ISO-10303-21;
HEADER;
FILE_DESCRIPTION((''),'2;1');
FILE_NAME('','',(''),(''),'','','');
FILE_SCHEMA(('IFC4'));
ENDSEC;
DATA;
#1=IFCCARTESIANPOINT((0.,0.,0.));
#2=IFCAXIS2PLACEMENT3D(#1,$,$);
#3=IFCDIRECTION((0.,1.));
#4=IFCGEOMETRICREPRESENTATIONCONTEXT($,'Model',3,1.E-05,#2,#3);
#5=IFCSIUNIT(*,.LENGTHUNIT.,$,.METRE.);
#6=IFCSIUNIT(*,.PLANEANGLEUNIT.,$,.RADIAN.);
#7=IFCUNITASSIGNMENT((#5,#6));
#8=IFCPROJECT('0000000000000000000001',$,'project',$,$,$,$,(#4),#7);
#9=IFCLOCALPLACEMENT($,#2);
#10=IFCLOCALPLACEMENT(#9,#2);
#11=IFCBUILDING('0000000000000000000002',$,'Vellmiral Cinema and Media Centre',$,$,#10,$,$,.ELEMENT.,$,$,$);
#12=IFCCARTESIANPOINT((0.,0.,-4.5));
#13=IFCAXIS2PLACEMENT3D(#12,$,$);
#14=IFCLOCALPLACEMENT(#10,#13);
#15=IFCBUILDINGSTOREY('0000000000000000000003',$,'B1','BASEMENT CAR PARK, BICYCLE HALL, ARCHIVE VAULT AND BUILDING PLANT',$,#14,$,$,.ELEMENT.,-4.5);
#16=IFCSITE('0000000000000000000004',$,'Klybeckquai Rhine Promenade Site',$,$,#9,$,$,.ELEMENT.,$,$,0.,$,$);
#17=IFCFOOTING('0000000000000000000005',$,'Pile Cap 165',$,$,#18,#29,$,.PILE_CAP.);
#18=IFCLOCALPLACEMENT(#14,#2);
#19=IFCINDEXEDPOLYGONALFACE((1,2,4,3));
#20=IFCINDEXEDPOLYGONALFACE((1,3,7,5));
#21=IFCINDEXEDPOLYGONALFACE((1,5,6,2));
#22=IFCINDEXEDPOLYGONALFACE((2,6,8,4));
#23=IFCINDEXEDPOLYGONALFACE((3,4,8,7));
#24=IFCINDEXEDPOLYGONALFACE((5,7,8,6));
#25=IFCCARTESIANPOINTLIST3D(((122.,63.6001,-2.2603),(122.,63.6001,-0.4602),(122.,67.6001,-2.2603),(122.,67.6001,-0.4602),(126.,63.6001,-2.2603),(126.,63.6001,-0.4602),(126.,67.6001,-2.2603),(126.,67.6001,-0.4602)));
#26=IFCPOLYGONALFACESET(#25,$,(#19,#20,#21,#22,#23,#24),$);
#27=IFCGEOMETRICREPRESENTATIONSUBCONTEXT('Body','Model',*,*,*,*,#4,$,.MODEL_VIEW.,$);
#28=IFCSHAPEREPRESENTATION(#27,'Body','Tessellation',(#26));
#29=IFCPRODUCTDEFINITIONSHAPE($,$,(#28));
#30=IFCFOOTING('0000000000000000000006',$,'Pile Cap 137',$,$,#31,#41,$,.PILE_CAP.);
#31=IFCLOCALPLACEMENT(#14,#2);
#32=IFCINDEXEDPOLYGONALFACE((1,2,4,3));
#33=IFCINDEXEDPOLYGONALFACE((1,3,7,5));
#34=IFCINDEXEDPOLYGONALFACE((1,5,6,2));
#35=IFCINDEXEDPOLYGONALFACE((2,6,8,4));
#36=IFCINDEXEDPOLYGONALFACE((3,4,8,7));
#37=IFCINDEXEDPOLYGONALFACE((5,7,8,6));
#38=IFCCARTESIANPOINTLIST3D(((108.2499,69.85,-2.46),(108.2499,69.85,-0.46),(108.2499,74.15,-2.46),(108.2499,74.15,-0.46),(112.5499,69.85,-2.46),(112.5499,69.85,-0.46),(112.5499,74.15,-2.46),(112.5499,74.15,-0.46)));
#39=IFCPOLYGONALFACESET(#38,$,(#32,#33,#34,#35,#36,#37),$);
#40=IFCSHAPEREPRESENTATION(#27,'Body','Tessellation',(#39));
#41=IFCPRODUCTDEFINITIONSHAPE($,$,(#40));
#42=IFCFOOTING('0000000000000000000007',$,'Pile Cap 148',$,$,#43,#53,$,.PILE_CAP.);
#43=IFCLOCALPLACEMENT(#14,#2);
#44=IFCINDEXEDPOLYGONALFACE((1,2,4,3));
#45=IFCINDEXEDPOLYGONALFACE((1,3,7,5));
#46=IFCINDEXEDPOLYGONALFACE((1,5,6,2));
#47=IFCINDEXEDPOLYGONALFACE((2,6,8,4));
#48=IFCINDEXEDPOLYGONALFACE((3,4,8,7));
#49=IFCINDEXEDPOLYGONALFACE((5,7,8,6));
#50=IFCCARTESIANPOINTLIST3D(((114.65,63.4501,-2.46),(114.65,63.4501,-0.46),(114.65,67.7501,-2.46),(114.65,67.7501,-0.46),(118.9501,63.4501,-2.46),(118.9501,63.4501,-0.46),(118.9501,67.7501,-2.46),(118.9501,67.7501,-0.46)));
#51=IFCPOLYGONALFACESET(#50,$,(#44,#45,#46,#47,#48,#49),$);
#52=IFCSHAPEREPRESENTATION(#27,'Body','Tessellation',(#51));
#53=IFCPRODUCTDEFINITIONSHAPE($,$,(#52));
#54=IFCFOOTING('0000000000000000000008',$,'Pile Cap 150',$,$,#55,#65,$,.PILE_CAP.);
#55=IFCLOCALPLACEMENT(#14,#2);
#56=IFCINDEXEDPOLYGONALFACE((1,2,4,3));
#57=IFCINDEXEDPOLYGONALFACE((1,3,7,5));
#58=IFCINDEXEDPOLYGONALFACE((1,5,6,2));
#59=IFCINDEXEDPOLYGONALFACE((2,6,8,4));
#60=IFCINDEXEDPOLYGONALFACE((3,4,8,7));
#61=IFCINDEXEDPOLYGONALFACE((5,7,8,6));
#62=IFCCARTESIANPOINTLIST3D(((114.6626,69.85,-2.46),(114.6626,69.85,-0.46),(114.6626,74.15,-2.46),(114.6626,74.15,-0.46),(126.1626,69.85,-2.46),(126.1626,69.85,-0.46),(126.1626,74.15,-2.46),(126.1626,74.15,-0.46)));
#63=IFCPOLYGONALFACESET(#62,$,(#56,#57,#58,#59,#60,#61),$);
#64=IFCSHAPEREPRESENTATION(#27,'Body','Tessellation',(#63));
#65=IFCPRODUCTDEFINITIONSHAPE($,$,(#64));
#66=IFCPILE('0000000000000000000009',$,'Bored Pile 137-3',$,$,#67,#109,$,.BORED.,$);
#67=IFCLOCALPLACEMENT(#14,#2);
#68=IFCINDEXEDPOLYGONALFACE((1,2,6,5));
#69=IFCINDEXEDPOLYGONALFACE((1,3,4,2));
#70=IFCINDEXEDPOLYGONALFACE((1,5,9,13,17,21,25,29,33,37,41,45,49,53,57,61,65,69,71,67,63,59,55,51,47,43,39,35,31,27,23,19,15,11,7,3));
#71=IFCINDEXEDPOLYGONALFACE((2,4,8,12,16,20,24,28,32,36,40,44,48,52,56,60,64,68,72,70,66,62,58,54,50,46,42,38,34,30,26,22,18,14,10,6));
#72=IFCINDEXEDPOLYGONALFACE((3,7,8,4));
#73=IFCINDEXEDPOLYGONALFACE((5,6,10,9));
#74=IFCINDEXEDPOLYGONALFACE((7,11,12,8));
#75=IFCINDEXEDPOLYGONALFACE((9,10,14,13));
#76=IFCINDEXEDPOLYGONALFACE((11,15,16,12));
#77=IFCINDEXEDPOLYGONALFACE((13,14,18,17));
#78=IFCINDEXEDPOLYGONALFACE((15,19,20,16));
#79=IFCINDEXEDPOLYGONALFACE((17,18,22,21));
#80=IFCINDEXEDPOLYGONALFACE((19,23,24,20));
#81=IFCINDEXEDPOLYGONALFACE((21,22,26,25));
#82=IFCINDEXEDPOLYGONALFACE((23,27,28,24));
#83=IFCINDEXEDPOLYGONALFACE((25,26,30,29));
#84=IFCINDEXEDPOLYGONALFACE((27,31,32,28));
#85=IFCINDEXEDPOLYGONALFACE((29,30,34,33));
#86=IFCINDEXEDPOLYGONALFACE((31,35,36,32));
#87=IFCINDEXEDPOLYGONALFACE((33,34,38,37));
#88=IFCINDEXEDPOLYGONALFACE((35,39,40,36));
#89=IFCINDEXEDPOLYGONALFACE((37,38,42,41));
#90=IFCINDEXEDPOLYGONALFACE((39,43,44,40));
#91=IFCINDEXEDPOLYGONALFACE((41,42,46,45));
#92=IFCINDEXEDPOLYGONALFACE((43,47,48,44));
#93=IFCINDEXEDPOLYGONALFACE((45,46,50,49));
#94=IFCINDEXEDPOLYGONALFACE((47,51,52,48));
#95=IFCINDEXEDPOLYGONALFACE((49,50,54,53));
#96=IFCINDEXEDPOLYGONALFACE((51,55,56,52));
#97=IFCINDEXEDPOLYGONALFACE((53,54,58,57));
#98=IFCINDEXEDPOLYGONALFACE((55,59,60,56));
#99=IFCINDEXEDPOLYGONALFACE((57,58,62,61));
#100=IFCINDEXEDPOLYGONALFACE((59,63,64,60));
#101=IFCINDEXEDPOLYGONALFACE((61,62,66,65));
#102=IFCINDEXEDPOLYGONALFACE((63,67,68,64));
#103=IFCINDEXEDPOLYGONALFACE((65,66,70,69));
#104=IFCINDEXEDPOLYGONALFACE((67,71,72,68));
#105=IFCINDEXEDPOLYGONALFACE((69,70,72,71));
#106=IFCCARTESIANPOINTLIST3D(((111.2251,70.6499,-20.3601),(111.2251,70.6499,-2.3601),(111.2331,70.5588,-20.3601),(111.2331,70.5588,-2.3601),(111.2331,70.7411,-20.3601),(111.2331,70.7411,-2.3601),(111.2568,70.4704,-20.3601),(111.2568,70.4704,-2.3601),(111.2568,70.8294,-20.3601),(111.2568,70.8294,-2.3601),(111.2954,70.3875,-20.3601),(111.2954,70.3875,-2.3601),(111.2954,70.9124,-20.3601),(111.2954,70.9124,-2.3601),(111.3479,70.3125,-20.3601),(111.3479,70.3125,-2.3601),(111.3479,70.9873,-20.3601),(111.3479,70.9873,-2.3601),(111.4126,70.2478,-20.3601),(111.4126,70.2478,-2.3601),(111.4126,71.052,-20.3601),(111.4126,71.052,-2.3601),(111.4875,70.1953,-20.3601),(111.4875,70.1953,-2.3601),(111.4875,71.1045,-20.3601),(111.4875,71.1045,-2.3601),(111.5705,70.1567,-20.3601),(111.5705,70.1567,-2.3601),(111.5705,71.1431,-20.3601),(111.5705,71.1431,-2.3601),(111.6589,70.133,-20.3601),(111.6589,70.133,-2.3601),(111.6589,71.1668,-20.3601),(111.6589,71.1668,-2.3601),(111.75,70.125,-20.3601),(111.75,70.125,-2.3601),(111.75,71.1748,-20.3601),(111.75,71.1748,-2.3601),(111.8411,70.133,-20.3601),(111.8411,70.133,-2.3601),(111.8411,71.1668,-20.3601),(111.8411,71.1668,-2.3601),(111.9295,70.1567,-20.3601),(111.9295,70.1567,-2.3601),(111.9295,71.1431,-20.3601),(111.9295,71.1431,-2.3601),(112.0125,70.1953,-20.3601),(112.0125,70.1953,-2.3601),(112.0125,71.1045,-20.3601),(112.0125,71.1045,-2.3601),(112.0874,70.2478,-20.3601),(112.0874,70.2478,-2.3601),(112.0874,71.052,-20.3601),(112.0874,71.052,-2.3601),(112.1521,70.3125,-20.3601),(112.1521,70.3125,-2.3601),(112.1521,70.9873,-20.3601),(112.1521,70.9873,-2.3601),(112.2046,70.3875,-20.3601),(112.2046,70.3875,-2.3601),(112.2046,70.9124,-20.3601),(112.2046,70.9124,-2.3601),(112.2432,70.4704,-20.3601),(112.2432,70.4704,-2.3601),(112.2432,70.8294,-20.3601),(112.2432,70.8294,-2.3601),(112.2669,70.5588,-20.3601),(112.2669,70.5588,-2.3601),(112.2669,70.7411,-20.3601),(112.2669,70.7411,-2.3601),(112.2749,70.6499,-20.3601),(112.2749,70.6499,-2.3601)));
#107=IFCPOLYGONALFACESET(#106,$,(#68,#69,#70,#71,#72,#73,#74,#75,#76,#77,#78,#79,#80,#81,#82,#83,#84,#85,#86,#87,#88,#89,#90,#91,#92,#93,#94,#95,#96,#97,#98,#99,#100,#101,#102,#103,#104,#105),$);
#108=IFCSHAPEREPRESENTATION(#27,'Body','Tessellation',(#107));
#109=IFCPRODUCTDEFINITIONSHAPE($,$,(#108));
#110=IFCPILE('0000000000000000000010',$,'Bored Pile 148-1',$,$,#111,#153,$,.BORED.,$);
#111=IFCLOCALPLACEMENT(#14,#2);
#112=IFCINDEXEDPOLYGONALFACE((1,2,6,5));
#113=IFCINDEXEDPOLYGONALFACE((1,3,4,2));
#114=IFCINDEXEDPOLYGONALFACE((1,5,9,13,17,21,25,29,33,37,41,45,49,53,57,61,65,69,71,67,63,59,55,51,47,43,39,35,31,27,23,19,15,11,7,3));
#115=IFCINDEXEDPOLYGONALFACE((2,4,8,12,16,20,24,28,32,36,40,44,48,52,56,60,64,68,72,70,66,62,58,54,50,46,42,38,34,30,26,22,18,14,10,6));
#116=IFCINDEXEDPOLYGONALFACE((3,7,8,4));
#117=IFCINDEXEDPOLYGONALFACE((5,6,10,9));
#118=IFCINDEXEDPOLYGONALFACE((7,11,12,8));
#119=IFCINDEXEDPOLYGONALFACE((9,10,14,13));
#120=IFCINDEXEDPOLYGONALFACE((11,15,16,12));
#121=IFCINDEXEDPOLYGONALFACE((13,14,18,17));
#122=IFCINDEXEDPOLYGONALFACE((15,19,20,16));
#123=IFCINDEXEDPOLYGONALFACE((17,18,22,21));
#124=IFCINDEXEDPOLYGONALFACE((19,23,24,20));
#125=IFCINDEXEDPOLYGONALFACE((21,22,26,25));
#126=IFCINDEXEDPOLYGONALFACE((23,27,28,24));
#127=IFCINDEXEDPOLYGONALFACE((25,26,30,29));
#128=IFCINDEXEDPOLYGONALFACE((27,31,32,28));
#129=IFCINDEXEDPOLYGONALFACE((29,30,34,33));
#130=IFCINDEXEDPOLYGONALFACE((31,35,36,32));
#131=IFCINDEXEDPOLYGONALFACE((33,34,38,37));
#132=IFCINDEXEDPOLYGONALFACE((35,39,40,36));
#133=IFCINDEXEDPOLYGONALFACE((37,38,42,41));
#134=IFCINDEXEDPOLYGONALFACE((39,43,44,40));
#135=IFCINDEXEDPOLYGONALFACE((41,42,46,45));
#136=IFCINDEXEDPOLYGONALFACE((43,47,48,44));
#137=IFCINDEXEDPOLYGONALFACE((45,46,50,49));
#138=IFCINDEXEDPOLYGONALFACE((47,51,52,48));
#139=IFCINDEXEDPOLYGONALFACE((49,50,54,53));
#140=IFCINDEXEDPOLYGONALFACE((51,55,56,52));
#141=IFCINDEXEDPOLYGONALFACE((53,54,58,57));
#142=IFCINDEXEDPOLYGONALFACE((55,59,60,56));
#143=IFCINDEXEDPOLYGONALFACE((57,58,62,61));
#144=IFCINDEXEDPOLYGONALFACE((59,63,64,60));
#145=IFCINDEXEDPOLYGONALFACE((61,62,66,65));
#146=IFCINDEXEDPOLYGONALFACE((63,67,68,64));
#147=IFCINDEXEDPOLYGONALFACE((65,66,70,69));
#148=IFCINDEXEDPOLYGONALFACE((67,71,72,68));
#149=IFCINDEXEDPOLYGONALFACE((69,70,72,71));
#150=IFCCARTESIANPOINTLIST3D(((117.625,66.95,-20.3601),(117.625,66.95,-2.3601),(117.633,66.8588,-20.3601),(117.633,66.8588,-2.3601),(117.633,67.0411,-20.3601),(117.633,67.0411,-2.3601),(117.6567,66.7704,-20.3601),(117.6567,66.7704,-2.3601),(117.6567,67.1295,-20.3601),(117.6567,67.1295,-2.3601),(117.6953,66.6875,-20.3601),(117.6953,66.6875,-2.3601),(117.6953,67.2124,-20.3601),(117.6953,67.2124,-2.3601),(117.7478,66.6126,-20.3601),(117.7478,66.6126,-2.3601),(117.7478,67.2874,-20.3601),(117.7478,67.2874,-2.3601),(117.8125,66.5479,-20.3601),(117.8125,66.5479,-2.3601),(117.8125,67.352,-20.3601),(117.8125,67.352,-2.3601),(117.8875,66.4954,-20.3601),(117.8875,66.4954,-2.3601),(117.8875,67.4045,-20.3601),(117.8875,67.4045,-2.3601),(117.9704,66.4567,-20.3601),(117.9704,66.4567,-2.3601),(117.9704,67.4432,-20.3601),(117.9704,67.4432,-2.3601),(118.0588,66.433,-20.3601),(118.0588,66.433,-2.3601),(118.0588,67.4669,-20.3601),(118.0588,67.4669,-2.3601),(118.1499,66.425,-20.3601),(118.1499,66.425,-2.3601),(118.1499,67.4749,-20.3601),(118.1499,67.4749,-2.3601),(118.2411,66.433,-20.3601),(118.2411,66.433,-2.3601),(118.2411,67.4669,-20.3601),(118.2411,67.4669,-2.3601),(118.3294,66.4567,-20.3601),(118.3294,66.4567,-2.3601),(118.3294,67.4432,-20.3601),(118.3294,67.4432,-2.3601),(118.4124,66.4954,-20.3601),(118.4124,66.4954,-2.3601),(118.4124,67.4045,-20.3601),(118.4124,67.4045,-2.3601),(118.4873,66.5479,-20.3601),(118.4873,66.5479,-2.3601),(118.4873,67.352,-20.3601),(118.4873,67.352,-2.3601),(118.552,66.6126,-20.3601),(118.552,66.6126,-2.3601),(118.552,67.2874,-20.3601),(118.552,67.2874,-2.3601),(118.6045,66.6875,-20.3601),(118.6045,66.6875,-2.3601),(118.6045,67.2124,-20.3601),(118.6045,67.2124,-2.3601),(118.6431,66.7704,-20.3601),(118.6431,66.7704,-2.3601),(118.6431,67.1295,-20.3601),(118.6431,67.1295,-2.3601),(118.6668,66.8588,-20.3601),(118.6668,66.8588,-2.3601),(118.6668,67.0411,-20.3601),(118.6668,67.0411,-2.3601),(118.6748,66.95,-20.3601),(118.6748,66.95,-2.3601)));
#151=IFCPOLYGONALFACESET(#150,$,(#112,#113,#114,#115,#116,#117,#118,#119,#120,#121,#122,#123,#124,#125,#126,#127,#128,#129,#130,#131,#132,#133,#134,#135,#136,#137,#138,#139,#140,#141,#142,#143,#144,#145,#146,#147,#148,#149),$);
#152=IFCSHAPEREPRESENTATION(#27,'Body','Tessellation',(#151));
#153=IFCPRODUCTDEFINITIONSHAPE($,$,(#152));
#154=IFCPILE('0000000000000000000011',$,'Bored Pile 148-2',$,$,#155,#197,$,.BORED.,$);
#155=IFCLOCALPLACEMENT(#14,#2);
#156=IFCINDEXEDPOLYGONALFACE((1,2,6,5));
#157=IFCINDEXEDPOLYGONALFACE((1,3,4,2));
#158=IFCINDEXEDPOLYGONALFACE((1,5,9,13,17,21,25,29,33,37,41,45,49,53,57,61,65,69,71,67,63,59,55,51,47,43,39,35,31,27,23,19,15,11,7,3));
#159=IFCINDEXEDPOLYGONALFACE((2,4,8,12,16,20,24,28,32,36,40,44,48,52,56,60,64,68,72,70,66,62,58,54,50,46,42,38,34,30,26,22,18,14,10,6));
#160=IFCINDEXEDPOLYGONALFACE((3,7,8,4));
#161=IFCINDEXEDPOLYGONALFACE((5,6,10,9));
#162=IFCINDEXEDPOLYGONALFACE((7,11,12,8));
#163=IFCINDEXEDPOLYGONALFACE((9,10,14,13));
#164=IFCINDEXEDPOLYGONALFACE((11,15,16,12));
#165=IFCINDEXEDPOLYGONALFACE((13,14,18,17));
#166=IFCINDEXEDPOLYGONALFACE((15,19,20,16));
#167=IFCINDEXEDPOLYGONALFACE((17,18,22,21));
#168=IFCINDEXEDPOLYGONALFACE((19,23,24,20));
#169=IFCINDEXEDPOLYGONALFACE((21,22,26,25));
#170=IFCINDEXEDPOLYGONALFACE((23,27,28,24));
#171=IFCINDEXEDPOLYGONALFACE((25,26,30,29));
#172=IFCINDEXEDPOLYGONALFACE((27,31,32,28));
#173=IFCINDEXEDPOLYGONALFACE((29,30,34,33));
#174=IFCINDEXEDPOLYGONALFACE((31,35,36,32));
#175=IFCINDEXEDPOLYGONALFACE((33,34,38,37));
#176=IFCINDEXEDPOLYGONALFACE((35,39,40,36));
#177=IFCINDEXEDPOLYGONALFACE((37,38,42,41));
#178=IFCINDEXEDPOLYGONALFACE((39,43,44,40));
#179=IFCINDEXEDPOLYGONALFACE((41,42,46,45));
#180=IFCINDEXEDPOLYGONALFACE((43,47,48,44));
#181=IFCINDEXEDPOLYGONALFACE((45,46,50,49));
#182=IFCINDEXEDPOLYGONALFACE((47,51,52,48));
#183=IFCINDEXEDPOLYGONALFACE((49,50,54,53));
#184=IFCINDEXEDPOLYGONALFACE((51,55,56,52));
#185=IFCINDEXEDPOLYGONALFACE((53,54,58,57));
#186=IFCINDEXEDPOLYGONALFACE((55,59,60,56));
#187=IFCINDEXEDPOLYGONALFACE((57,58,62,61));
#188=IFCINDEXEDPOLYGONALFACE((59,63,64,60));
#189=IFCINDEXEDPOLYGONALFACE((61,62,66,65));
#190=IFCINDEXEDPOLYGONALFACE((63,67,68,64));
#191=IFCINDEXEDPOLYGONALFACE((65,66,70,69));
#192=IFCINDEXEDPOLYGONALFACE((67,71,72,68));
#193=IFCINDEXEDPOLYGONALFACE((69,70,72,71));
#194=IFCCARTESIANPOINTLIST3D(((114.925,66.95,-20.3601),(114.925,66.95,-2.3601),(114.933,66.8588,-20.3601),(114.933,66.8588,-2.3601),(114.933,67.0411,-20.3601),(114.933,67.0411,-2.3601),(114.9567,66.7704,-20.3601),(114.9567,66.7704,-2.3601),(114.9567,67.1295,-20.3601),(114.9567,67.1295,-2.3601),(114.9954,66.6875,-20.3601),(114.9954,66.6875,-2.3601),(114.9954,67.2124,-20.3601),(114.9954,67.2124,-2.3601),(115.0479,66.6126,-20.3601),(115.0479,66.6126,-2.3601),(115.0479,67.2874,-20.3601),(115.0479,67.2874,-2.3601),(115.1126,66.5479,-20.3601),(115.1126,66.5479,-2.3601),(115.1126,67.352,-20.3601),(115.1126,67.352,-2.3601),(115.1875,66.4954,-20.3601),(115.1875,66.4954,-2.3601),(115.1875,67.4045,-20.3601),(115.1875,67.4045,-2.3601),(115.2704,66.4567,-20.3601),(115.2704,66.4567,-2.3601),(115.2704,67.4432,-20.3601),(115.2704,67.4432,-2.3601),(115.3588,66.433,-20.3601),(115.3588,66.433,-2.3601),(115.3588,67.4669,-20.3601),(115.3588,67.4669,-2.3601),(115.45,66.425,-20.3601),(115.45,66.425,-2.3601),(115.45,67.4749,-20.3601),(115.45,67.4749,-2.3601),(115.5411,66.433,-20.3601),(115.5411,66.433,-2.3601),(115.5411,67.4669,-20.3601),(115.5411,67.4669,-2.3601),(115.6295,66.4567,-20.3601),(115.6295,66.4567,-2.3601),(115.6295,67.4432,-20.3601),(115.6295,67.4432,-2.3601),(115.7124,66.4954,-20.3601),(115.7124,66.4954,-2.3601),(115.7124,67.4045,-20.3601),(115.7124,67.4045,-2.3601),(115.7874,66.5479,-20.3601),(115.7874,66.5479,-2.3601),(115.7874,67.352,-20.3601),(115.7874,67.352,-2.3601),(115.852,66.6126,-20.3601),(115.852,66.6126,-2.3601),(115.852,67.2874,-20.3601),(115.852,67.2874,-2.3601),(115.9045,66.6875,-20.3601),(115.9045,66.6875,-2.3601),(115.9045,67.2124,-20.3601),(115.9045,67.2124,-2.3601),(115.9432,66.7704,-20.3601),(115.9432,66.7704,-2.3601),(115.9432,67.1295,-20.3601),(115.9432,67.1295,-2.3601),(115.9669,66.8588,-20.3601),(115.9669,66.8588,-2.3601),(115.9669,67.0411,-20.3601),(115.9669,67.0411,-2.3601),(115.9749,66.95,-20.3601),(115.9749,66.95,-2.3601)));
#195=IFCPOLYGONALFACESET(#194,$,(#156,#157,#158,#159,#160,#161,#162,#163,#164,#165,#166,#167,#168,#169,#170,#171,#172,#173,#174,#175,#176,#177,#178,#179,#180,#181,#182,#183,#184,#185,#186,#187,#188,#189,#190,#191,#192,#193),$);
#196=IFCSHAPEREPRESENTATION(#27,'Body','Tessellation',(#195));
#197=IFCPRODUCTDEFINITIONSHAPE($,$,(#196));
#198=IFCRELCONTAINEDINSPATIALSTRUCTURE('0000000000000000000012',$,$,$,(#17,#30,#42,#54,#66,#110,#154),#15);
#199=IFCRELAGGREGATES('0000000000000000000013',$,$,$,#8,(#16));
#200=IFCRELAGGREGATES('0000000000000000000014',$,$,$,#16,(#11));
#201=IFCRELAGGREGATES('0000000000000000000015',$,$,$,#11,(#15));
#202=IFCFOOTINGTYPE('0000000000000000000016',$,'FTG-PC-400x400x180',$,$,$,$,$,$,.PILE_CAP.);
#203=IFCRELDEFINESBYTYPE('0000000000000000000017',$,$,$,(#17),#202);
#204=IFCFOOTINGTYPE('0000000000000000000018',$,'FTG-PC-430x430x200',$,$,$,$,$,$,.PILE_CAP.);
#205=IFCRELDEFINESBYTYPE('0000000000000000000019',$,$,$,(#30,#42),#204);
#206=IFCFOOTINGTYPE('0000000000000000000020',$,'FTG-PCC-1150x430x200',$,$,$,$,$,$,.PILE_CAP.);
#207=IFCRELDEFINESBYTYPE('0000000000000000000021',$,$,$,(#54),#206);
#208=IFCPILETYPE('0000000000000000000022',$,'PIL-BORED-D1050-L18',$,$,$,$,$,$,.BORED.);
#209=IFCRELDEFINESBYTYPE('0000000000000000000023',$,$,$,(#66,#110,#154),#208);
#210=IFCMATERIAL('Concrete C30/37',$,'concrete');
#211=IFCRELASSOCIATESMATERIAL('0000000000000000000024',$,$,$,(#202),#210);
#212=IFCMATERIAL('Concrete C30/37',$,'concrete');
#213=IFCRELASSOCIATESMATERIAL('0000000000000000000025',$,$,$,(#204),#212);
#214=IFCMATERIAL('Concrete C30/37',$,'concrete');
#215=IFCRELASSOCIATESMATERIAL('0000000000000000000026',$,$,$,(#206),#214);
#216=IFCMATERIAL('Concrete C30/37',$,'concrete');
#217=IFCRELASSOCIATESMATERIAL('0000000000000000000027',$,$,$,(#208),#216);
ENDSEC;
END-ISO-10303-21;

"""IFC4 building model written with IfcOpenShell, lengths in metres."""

from ifc_helpers import new_model, si_unit, direction, frame, origin, origin_2d, place, context, subcontext, project, spatial, rectangle, circle, extrude, material, material_profile, profile_set, type_object, element, save


model = new_model("IFC4")

# Units and contexts
model_context = context("Model", 3, precision=1e-05, world=origin(), true_north=direction((0.0, 1.0)))
body_context = subcontext(model_context, "Body", "Model", "MODEL_VIEW")
ifc_project = project(units=[si_unit("LENGTHUNIT", "METRE"), si_unit("PLANEANGLEUNIT", "RADIAN")], contexts=[model_context])

# Site, building, storey
site_placement = place(None, origin())
site = spatial("IfcSite", under=ifc_project, at=site_placement, Name="Klybeckquai Rhine Promenade Site", CompositionType="ELEMENT", RefElevation=0.0)
building_placement = place(site_placement, origin())
building = spatial("IfcBuilding", under=site, at=building_placement, Name="Vellmiral Cinema and Media Centre", CompositionType="ELEMENT")
storey_placement = place(building_placement, frame((0.0, 0.0, -4.5)))
storey = spatial("IfcBuildingStorey", under=building, at=storey_placement, Name="B1", Description="BASEMENT CAR PARK, BICYCLE HALL, ARCHIVE VAULT AND BUILDING PLANT", CompositionType="ELEMENT", Elevation=-4.5)

# Footings
ifc_material_1 = material(Name="Concrete C30/37", Category="concrete")
footing_type_1 = type_object("IfcFootingType", Name="FTG-PC-400x400x180", PredefinedType="PILE_CAP", material=ifc_material_1)
footing_1_placement = place(storey_placement, frame((124.0, 65.6001, -2.2603), z_axis=(0.0, 0.0, 1.0), x_axis=(1.0, 0.0, 0.0)))
element("IfcFooting", 1, at=footing_1_placement, inside=storey, type_object=footing_type_1, Name="Pile Cap 165", PredefinedType="PILE_CAP", context=body_context, shape_type="SweptSolid", body=[
    extrude(rectangle(XDim=4.0, YDim=4.0, at=origin_2d()), origin(), (0.0, 0.0, 1.0), 1.8),
])
ifc_material_2 = material(Name="Concrete C30/37", Category="concrete")
footing_type_2 = type_object("IfcFootingType", Name="FTG-PC-430x430x200", PredefinedType="PILE_CAP", material=ifc_material_2)
for number, where, z_axis, x_axis, name in (
    (2, (110.3999, 72.0, -2.46), (0.0, 0.0, 1.0), (1.0, 0.0, 0.0), "Pile Cap 137"),
    (3, (116.8, 65.6001, -2.46), (0.0, 0.0, 1.0), (1.0, 0.0, 0.0), "Pile Cap 148"),
):
    element("IfcFooting", number, at=place(storey_placement, frame(where, z_axis=z_axis, x_axis=x_axis)), inside=storey, type_object=footing_type_2, Name=name, PredefinedType="PILE_CAP", context=body_context, shape_type="SweptSolid", body=[
        extrude(rectangle(XDim=4.3, YDim=4.3, at=origin_2d()), origin(), (0.0, 0.0, 1.0), 2.0),
    ])
ifc_material_3 = material(Name="Concrete C30/37", Category="concrete")
footing_type_3 = type_object("IfcFootingType", Name="FTG-PCC-1150x430x200", PredefinedType="PILE_CAP", material=ifc_material_3)
footing_2_placement = place(storey_placement, frame((120.4126, 72.0, -2.46), z_axis=(0.0, 0.0, 1.0), x_axis=(1.0, 0.0, 0.0)))
element("IfcFooting", 4, at=footing_2_placement, inside=storey, type_object=footing_type_3, Name="Pile Cap 150", PredefinedType="PILE_CAP", context=body_context, shape_type="SweptSolid", body=[
    extrude(rectangle(XDim=11.5, YDim=4.3, at=origin_2d()), origin(), (0.0, 0.0, 1.0), 2.0),
])

# Piles
ifc_material_4 = material(Name="Concrete C30/37", Category="concrete")
ifc_material_profile_1 = material_profile(ifc_material_4, circle(Radius=0.5249, at=origin_2d()), Name="PILE D1050")
ifc_profile_set_1 = profile_set([ifc_material_profile_1], Name="Concrete C30/37")
pile_type_1 = type_object("IfcPileType", Name="PIL-BORED-D1050-L18", PredefinedType="BORED", material=ifc_profile_set_1)
for number, where, z_axis, x_axis, name in (
    (5, (111.75, 70.6499, -2.3601), (0.0, 0.0, -1.0), (1.0, 0.0, 0.0), "Bored Pile 137-3"),
    (6, (118.1499, 66.95, -2.3601), (0.0, 0.0, -1.0), (1.0, 0.0, 0.0), "Bored Pile 148-1"),
    (7, (115.45, 66.95, -2.3601), (0.0, 0.0, -1.0), (1.0, 0.0, 0.0), "Bored Pile 148-2"),
):
    element("IfcPile", number, at=place(storey_placement, frame(where, z_axis=z_axis, x_axis=x_axis)), inside=storey, type_object=pile_type_1, Name=name, PredefinedType="BORED", context=body_context, shape_type="SweptSolid", body=[
        extrude(circle(Radius=0.5249, at=origin_2d()), origin(), (0.0, 0.0, 1.0), 18.0),
    ])

save(model, "model.ifc")
